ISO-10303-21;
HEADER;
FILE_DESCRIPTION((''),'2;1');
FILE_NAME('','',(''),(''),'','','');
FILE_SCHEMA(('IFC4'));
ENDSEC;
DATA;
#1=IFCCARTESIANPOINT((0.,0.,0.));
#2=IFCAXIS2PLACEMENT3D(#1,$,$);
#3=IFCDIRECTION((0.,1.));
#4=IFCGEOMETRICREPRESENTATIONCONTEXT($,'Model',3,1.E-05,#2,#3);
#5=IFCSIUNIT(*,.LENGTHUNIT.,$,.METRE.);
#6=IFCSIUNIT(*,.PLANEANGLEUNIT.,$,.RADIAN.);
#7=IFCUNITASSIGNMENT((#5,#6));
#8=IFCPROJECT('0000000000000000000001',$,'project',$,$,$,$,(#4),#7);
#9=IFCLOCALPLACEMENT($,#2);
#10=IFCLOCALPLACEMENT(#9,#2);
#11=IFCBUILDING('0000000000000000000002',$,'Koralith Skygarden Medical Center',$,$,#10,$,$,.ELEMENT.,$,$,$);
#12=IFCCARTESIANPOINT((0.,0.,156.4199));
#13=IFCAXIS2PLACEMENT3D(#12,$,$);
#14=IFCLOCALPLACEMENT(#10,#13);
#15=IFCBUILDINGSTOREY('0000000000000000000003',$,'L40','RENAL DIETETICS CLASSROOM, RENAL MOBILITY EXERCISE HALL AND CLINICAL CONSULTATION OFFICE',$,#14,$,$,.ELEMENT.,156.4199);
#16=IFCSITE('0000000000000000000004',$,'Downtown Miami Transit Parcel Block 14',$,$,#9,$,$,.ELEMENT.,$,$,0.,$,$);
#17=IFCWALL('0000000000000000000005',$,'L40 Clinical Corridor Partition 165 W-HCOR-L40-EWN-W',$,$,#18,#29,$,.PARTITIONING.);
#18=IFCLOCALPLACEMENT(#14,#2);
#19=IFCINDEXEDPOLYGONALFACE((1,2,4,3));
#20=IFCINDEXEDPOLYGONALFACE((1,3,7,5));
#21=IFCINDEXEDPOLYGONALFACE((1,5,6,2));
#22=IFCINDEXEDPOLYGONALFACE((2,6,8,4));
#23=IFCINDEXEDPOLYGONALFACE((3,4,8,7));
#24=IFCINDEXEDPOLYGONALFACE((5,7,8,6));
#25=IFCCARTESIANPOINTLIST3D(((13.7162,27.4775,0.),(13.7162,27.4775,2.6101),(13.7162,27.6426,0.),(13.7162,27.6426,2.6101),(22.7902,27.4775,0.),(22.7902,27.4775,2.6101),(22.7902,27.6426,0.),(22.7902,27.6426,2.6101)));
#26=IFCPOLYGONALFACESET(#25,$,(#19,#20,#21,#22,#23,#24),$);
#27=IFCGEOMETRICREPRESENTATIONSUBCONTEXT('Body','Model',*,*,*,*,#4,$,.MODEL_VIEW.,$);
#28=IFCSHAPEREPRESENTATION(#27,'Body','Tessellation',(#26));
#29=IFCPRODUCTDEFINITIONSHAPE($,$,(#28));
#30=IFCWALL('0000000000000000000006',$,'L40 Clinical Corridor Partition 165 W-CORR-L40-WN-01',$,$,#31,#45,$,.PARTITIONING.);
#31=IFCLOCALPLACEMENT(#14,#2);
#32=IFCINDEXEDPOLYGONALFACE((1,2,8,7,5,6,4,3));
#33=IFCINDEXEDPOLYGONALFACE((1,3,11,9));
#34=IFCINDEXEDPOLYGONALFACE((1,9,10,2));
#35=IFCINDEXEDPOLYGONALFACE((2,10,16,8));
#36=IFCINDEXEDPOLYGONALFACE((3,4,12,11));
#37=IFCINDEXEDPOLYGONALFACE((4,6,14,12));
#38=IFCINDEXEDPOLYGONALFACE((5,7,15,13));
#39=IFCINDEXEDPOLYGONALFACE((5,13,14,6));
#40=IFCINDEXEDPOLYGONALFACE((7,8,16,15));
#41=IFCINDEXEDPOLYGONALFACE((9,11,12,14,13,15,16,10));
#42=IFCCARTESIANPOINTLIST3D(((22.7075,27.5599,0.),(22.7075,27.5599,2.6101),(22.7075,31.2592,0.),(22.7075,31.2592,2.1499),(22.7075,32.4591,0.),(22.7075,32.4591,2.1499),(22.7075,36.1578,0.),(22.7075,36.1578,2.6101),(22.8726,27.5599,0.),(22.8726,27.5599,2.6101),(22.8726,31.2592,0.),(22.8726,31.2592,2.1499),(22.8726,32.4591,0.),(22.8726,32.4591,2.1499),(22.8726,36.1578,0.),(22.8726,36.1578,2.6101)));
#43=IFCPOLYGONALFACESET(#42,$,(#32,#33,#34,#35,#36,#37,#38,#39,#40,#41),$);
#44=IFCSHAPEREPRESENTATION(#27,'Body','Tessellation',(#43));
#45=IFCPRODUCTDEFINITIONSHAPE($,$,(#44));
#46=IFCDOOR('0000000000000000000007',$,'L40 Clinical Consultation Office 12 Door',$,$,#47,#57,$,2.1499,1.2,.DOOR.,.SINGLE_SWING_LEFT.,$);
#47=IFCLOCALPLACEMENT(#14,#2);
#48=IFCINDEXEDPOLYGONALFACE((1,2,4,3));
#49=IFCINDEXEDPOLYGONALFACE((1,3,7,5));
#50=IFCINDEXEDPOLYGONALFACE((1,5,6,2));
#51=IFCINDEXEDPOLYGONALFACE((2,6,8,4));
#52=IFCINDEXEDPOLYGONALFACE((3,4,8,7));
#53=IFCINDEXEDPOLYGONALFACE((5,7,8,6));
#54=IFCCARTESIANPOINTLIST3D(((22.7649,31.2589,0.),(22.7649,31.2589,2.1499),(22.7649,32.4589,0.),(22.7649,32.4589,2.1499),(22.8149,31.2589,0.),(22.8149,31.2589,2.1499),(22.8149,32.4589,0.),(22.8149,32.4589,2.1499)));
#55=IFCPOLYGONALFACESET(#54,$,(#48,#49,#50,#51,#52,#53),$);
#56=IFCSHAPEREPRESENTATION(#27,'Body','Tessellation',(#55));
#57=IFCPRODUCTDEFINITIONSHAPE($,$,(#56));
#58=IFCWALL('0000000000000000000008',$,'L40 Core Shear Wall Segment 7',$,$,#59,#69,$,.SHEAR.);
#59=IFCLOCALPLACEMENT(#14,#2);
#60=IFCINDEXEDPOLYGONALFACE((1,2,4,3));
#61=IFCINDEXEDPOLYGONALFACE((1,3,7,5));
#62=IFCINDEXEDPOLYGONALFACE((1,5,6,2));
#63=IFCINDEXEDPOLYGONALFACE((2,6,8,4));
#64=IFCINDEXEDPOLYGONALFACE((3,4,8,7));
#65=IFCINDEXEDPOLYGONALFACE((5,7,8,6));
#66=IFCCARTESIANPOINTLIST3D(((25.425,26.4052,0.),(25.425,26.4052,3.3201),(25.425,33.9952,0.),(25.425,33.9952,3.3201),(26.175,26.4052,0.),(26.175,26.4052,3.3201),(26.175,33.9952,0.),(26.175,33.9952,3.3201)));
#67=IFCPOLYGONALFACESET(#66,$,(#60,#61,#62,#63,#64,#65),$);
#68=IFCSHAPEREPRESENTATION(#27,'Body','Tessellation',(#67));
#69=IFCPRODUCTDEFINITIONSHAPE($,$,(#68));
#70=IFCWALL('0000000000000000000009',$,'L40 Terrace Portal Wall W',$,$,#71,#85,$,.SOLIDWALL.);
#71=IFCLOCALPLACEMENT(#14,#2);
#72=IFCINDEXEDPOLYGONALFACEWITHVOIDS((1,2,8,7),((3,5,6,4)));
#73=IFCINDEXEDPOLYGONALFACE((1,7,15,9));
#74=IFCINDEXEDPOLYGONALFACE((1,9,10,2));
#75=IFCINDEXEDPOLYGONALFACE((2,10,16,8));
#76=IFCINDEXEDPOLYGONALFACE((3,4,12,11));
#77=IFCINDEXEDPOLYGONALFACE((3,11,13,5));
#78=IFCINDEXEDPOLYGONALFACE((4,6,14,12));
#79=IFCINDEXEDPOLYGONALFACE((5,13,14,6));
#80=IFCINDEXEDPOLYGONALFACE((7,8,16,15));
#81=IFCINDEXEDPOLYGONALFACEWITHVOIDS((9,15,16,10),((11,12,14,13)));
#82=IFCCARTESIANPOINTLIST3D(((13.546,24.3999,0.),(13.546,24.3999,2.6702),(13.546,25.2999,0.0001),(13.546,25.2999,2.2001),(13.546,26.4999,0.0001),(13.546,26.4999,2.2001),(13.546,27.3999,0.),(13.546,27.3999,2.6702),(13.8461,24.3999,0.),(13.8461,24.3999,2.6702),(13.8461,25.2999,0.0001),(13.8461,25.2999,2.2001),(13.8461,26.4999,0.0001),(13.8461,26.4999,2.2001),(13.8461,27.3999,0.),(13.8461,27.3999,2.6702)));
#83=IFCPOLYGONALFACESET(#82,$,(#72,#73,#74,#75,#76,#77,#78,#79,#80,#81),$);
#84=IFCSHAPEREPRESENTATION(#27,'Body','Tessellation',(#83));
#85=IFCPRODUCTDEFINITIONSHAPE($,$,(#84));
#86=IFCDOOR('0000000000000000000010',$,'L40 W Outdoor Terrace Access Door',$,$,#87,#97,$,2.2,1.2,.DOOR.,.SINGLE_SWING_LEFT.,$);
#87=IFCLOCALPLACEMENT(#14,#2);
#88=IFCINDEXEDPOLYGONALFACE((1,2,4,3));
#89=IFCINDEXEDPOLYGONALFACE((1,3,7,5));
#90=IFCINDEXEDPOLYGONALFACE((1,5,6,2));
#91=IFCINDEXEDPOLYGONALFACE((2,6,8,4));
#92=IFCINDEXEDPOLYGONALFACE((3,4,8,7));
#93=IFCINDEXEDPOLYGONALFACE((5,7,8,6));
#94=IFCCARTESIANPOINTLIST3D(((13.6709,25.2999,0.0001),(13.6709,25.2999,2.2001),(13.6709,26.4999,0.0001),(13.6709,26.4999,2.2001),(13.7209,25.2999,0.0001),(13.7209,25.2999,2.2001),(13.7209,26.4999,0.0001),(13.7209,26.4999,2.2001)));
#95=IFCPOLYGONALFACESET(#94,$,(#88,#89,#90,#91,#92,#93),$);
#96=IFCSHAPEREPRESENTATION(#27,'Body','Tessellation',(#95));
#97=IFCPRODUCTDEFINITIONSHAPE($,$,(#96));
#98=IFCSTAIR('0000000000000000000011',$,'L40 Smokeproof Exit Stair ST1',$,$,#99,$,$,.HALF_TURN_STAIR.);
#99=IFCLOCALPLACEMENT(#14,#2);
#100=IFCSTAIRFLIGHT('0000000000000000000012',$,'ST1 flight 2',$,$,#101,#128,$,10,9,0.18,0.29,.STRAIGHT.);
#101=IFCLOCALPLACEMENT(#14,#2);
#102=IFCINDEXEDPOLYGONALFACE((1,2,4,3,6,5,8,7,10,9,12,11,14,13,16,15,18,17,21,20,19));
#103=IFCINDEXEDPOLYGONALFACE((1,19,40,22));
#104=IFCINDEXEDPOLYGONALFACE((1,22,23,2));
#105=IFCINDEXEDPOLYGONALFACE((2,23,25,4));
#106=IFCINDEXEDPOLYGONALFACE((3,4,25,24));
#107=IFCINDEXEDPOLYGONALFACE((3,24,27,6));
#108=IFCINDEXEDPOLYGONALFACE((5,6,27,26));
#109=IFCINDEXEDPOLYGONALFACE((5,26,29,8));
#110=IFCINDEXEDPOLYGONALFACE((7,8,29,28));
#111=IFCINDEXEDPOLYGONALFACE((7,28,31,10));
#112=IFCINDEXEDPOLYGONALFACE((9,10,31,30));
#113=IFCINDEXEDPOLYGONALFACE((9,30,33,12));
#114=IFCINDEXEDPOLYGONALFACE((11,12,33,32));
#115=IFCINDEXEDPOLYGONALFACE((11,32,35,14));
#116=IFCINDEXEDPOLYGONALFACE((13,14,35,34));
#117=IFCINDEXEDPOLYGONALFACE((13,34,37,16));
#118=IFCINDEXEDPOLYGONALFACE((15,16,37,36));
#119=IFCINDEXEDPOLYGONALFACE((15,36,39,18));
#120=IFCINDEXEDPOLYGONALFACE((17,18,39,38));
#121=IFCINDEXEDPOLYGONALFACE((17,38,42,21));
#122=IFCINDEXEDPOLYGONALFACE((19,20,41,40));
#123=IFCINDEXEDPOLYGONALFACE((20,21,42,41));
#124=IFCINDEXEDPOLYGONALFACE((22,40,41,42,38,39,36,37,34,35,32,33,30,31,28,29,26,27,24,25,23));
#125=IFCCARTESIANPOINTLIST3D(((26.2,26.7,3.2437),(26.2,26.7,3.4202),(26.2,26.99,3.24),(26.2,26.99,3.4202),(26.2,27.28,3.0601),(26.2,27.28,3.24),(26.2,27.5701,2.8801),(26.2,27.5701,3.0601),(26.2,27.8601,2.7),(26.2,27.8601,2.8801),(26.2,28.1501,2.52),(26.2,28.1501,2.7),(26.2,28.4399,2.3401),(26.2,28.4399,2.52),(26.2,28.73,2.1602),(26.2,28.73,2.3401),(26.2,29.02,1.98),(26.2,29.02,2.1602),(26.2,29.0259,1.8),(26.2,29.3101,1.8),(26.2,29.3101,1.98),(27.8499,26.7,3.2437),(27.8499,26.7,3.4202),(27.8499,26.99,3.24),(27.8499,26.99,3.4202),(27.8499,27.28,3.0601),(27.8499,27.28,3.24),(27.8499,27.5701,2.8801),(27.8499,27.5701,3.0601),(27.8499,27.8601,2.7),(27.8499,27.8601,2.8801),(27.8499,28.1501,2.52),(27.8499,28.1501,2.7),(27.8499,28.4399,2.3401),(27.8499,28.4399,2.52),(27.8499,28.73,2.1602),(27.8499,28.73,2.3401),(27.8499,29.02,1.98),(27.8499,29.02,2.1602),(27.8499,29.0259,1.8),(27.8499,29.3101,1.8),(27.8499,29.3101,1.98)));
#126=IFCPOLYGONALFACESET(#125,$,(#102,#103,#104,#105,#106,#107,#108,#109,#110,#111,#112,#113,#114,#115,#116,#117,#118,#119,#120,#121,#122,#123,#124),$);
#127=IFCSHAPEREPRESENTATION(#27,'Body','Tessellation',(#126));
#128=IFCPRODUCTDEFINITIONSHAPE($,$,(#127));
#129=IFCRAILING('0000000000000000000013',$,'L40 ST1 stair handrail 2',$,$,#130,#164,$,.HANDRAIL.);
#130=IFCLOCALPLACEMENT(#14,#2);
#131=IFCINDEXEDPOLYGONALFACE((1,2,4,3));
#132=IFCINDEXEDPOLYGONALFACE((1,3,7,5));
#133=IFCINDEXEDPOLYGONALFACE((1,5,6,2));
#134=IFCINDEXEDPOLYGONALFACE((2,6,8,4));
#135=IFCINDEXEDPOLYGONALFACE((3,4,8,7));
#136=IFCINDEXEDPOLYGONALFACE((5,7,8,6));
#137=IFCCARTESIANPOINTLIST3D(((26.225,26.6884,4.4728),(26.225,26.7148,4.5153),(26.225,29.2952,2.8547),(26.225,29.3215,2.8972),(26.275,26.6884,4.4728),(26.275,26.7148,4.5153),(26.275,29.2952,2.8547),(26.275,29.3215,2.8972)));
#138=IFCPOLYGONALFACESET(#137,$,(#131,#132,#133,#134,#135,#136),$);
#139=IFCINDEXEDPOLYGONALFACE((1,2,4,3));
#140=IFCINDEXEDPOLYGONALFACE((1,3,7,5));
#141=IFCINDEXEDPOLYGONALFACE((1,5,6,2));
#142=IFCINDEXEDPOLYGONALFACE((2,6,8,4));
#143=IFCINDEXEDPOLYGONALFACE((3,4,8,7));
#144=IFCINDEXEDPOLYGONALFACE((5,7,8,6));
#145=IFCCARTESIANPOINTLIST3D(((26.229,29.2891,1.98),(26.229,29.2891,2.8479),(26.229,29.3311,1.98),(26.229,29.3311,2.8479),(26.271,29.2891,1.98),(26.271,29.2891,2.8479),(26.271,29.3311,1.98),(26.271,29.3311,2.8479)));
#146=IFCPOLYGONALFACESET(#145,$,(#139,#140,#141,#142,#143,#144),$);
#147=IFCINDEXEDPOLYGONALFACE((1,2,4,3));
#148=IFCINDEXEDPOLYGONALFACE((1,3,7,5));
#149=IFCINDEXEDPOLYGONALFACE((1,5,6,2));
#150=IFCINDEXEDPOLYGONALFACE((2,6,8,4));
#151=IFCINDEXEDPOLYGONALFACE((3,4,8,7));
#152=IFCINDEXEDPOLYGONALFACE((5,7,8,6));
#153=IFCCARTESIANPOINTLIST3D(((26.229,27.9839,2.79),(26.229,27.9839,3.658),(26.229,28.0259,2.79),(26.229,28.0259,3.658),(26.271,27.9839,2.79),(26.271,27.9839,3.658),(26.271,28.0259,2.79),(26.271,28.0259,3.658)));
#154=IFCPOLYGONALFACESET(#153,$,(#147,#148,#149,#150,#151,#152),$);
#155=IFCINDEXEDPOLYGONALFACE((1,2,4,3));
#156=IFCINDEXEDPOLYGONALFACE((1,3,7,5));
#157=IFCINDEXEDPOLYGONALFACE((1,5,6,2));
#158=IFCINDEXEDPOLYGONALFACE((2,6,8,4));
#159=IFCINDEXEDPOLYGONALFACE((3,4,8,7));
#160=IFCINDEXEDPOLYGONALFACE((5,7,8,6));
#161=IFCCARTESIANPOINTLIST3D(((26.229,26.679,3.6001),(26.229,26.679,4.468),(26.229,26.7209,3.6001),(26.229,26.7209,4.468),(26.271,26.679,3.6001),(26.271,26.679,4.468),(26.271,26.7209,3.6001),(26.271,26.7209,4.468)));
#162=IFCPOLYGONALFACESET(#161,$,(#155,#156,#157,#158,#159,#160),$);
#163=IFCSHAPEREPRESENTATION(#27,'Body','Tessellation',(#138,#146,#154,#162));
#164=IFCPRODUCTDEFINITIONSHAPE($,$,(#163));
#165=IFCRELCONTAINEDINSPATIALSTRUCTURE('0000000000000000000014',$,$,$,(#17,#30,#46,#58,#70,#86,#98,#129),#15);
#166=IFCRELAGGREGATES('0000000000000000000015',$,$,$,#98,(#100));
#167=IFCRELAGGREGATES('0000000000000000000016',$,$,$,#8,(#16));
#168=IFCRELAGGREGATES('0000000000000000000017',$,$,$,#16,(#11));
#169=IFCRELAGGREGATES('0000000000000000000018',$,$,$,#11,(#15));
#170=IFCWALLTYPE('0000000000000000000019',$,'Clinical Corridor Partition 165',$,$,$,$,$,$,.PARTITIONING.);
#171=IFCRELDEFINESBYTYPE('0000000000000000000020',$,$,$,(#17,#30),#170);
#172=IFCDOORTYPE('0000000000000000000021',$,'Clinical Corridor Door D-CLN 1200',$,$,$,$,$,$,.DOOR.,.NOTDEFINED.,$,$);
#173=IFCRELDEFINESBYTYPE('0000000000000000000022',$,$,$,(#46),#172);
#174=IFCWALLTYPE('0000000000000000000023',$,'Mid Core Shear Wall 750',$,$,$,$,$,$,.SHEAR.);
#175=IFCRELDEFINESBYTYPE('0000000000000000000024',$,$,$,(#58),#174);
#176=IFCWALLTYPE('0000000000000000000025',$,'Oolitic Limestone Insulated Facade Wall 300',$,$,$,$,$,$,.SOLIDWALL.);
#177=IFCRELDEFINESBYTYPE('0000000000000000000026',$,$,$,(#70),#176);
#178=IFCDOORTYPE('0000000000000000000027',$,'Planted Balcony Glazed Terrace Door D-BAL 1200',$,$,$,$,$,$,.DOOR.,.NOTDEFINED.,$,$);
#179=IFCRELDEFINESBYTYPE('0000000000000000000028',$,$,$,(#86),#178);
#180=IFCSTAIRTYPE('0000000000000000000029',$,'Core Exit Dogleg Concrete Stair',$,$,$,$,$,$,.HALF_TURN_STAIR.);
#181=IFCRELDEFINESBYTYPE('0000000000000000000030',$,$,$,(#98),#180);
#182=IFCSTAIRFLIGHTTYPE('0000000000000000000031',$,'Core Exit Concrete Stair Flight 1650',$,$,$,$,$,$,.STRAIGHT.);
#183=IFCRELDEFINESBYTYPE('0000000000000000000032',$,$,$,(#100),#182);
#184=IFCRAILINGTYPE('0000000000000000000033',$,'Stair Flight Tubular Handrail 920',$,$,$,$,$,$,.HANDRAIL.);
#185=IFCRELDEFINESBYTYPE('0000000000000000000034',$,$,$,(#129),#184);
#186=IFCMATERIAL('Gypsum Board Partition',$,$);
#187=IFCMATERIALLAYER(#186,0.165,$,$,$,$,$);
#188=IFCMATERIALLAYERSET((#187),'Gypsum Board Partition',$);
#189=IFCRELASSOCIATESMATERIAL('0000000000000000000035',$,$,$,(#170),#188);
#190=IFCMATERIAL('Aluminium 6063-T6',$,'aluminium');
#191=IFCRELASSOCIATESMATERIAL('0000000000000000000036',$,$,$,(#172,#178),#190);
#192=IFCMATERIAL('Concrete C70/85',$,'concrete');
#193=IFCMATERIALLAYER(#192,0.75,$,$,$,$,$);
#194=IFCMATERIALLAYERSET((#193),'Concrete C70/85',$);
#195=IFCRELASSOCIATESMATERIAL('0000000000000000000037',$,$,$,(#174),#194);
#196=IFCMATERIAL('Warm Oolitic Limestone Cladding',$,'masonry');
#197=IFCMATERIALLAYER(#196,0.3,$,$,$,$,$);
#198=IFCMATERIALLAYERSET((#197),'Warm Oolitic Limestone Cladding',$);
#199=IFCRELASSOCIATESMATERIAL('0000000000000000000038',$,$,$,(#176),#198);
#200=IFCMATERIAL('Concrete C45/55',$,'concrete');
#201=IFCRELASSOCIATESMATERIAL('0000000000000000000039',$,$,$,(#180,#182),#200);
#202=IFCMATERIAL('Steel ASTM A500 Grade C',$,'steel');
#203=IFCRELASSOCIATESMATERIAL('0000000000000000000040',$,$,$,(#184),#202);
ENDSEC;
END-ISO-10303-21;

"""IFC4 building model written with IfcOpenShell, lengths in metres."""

from ifc_helpers import new_model, si_unit, direction, frame, frame_2d, origin, origin_2d, place, context, subcontext, project, spatial, polyline, rectangle, outline, extrude, material, layer, layer_set, type_object, element, fill, aggregate, save


model = new_model("IFC4")

# Units and contexts
model_context = context("Model", 3, precision=1e-05, world=origin(), true_north=direction((0.0, 1.0)))
body_context = subcontext(model_context, "Body", "Model", "MODEL_VIEW")
ifc_project = project(units=[si_unit("LENGTHUNIT", "METRE"), si_unit("PLANEANGLEUNIT", "RADIAN")], contexts=[model_context])

# Site, building, storey
site_placement = place(None, origin())
site = spatial("IfcSite", under=ifc_project, at=site_placement, Name="Downtown Miami Transit Parcel Block 14", CompositionType="ELEMENT", RefElevation=0.0)
building_placement = place(site_placement, origin())
building = spatial("IfcBuilding", under=site, at=building_placement, Name="Koralith Skygarden Medical Center", CompositionType="ELEMENT")
storey_placement = place(building_placement, frame((0.0, 0.0, 156.4199)))
storey = spatial("IfcBuildingStorey", under=building, at=storey_placement, Name="L40", Description="RENAL DIETETICS CLASSROOM, RENAL MOBILITY EXERCISE HALL AND CLINICAL CONSULTATION OFFICE", CompositionType="ELEMENT", Elevation=156.4199)

# Shared definitions
ifc_material_1 = material(Name="Concrete C70/85", Category="concrete")

# Shared definitions
ifc_material_2 = material(Name="Aluminium 6063-T6", Category="aluminium")

# Shared definitions
ifc_material_3 = material(Name="Concrete C45/55", Category="concrete")

# Wall
ifc_material_4 = material(Name="Gypsum Board Partition")
ifc_layer_1 = layer(ifc_material_4, 0.165)
ifc_layer_set_1 = layer_set([ifc_layer_1], Name="Gypsum Board Partition")
wall_type_1 = type_object("IfcWallType", Name="Clinical Corridor Partition 165", PredefinedType="PARTITIONING", material=ifc_layer_set_1)
wall_1_placement = place(storey_placement, frame((13.7161, 27.5601, 0.0), z_axis=(0.0, 0.0, 1.0), x_axis=(1.0, 0.0, 0.0)))
element("IfcWall", 1, at=wall_1_placement, inside=storey, type_object=wall_type_1, Name="L40 Clinical Corridor Partition 165 W-HCOR-L40-EWN-W", PredefinedType="PARTITIONING", context=body_context, shape_type="SweptSolid", body=[
    extrude(rectangle(XDim=9.074, YDim=0.165, at=frame_2d((4.5371, 0.0))), origin(), (0.0, 0.0, 1.0), 2.6101),
])

# Wall, opening, door
wall_2_placement = place(storey_placement, frame((22.79, 27.5601, 0.0), z_axis=(0.0, 0.0, 1.0), x_axis=(0.0, 1.0, 0.0)))
wall_2 = element("IfcWall", 2, at=wall_2_placement, inside=storey, type_object=wall_type_1, Name="L40 Clinical Corridor Partition 165 W-CORR-L40-WN-01", PredefinedType="PARTITIONING", context=body_context, shape_type="SweptSolid", body=[
    extrude(rectangle(XDim=8.5979, YDim=0.165, at=frame_2d((4.2988, 0.0))), origin(), (0.0, 0.0, 1.0), 2.6101),
])
opening_1_placement = place(wall_2_placement, frame((3.699, 0.0, 0.0)))
opening_1 = element("IfcOpeningElement", 3, at=opening_1_placement, cuts=wall_2, PredefinedType="OPENING", context=body_context, shape_type="SweptSolid", body=[
    extrude(rectangle(XDim=1.2, YDim=2.1499, at=frame_2d((0.6001, 1.075))), frame((0.0, 0.0925, 0.0), z_axis=(0.0, -1.0, 0.0), x_axis=(1.0, 0.0, 0.0)), (0.0, 0.0, 1.0), 0.1851),
])
door_type_1 = type_object("IfcDoorType", Name="Clinical Corridor Door D-CLN 1200", OperationType="NOTDEFINED", PredefinedType="DOOR", material=ifc_material_2)
door_1_placement = place(opening_1_placement, frame((1.2, 0.0, 0.0), z_axis=(0.0, 0.0, 1.0), x_axis=(-1.0, 0.0, 0.0)))
door_1 = element("IfcDoor", 4, at=door_1_placement, inside=storey, type_object=door_type_1, Name="L40 Clinical Consultation Office 12 Door", OperationType="SINGLE_SWING_LEFT", OverallHeight=2.1499, OverallWidth=1.2, PredefinedType="DOOR", context=body_context, shape_type="SweptSolid", body=[
    extrude(rectangle(XDim=1.2, YDim=2.1499, at=frame_2d((0.6001, 1.075))), frame((0.0, 0.0249, 0.0), z_axis=(0.0, -1.0, 0.0), x_axis=(1.0, 0.0, 0.0)), (0.0, 0.0, 1.0), 0.05),
])
fill(opening_1, door_1)

# Wall
ifc_layer_2 = layer(ifc_material_1, 0.75)
ifc_layer_set_2 = layer_set([ifc_layer_2], Name="Concrete C70/85")
wall_type_2 = type_object("IfcWallType", Name="Mid Core Shear Wall 750", PredefinedType="SHEAR", material=ifc_layer_set_2)
wall_3_placement = place(storey_placement, frame((25.8, 33.9951, 0.0), z_axis=(0.0, 0.0, 1.0), x_axis=(0.0, -1.0, 0.0)))
element("IfcWall", 5, at=wall_3_placement, inside=storey, type_object=wall_type_2, Name="L40 Core Shear Wall Segment 7", PredefinedType="SHEAR", context=body_context, shape_type="SweptSolid", body=[
    extrude(rectangle(XDim=7.5901, YDim=0.75, at=frame_2d((3.7949, 0.0))), origin(), (0.0, 0.0, 1.0), 3.3201),
])

# Wall, opening, door
ifc_material_5 = material(Name="Warm Oolitic Limestone Cladding", Category="masonry")
ifc_layer_3 = layer(ifc_material_5, 0.3)
ifc_layer_set_3 = layer_set([ifc_layer_3], Name="Warm Oolitic Limestone Cladding")
wall_type_3 = type_object("IfcWallType", Name="Oolitic Limestone Insulated Facade Wall 300", PredefinedType="SOLIDWALL", material=ifc_layer_set_3)
wall_4_placement = place(storey_placement, frame((13.696, 27.3999, 0.0), z_axis=(0.0, 0.0, 1.0), x_axis=(0.0, -1.0, 0.0)))
wall_4 = element("IfcWall", 6, at=wall_4_placement, inside=storey, type_object=wall_type_3, Name="L40 Terrace Portal Wall W", PredefinedType="SOLIDWALL", context=body_context, shape_type="SweptSolid", body=[
    extrude(rectangle(XDim=3.0, YDim=0.3, at=frame_2d((1.5, 0.0))), origin(), (0.0, 0.0, 1.0), 2.6702),
])
opening_2_placement = place(wall_4_placement, frame((0.8999, 0.0, 0.0)))
opening_2 = element("IfcOpeningElement", 7, at=opening_2_placement, cuts=wall_4, PredefinedType="OPENING", context=body_context, shape_type="SweptSolid", body=[
    extrude(rectangle(XDim=1.2, YDim=2.2, at=frame_2d((0.6001, 1.1001))), frame((0.0, 0.1599, 0.0), z_axis=(0.0, -1.0, 0.0), x_axis=(1.0, 0.0, 0.0)), (0.0, 0.0, 1.0), 0.3201),
])
door_type_2 = type_object("IfcDoorType", Name="Planted Balcony Glazed Terrace Door D-BAL 1200", OperationType="NOTDEFINED", PredefinedType="DOOR", material=ifc_material_2)
door_2_placement = place(opening_2_placement, origin())
door_2 = element("IfcDoor", 8, at=door_2_placement, inside=storey, type_object=door_type_2, Name="L40 W Outdoor Terrace Access Door", OperationType="SINGLE_SWING_LEFT", OverallHeight=2.2, OverallWidth=1.2, PredefinedType="DOOR", context=body_context, shape_type="SweptSolid", body=[
    extrude(rectangle(XDim=1.2, YDim=2.2, at=frame_2d((0.6001, 1.1001))), frame((0.0, 0.0249, 0.0), z_axis=(0.0, -1.0, 0.0), x_axis=(1.0, 0.0, 0.0)), (0.0, 0.0, 1.0), 0.05),
])
fill(opening_2, door_2)

# Stair, stair flight
stair_type = type_object("IfcStairType", Name="Core Exit Dogleg Concrete Stair", PredefinedType="HALF_TURN_STAIR", material=ifc_material_3)
stair_placement = place(storey_placement, origin())
stair = element("IfcStair", 9, at=stair_placement, inside=storey, type_object=stair_type, Name="L40 Smokeproof Exit Stair ST1", PredefinedType="HALF_TURN_STAIR")
stair_flight_type = type_object("IfcStairFlightType", Name="Core Exit Concrete Stair Flight 1650", PredefinedType="STRAIGHT", material=ifc_material_3)
stair_flight_placement = place(storey_placement, frame((27.0249, 29.3101, 1.8), z_axis=(0.0, 0.0, 1.0), x_axis=(0.0, -1.0, 0.0)))
stair_flight = element("IfcStairFlight", 10, at=stair_flight_placement, type_object=stair_flight_type, Name="ST1 flight 2", NumberOfRisers=10, NumberOfTreads=9, PredefinedType="STRAIGHT", RiserHeight=0.18, TreadLength=0.29, context=body_context, shape_type="SweptSolid", body=[
    extrude(outline(polyline([(0.0, 0.0), (0.0, 0.1799), (0.29, 0.1799), (0.29, 0.3601), (0.5801, 0.3601), (0.5801, 0.54), (0.8701, 0.54), (0.8701, 0.72), (1.1599, 0.72), (1.1599, 0.8999), (1.45, 0.8999), (1.45, 1.0801), (1.74, 1.0801), (1.74, 1.26), (2.03, 1.26), (2.03, 1.4399), (2.3201, 1.4399), (2.3201, 1.6201), (2.6101, 1.6201), (2.6101, 1.8), (2.6101, 1.4436), (0.2842, 0.0), (0.0, 0.0)])), frame((0.0, 0.825, 0.0), z_axis=(0.0, -1.0, 0.0), x_axis=(1.0, 0.0, 0.0)), (0.0, 0.0, 1.0), 1.6499),
])
aggregate(stair, [stair_flight])

# Railing
ifc_material_6 = material(Name="Steel ASTM A500 Grade C", Category="steel")
railing_type = type_object("IfcRailingType", Name="Stair Flight Tubular Handrail 920", PredefinedType="HANDRAIL", material=ifc_material_6)
railing_placement = place(storey_placement, frame((26.25, 29.3101, 1.98)))
element("IfcRailing", 11, at=railing_placement, inside=storey, type_object=railing_type, Name="L40 ST1 stair handrail 2", PredefinedType="HANDRAIL", context=body_context, shape_type="SweptSolid", body=[
    extrude(rectangle(XDim=0.05, YDim=0.05, at=origin_2d()), frame((0.0, -0.0017, 0.896), z_axis=(0.0, -0.849633, 0.527375), x_axis=(1.0, 0.0, 0.0)), (0.0, 0.0, 1.0), 3.0681),
    extrude(rectangle(XDim=0.042, YDim=0.042, at=origin_2d()), origin(), (0.0, 0.0, 1.0), 0.8679),
    extrude(rectangle(XDim=0.042, YDim=0.042, at=origin_2d()), frame((0.0, -1.3052, 0.8101)), (0.0, 0.0, 1.0), 0.8679),
    extrude(rectangle(XDim=0.042, YDim=0.042, at=origin_2d()), frame((0.0, -2.6101, 1.6201)), (0.0, 0.0, 1.0), 0.8679),
])

save(model, "model.ifc")
